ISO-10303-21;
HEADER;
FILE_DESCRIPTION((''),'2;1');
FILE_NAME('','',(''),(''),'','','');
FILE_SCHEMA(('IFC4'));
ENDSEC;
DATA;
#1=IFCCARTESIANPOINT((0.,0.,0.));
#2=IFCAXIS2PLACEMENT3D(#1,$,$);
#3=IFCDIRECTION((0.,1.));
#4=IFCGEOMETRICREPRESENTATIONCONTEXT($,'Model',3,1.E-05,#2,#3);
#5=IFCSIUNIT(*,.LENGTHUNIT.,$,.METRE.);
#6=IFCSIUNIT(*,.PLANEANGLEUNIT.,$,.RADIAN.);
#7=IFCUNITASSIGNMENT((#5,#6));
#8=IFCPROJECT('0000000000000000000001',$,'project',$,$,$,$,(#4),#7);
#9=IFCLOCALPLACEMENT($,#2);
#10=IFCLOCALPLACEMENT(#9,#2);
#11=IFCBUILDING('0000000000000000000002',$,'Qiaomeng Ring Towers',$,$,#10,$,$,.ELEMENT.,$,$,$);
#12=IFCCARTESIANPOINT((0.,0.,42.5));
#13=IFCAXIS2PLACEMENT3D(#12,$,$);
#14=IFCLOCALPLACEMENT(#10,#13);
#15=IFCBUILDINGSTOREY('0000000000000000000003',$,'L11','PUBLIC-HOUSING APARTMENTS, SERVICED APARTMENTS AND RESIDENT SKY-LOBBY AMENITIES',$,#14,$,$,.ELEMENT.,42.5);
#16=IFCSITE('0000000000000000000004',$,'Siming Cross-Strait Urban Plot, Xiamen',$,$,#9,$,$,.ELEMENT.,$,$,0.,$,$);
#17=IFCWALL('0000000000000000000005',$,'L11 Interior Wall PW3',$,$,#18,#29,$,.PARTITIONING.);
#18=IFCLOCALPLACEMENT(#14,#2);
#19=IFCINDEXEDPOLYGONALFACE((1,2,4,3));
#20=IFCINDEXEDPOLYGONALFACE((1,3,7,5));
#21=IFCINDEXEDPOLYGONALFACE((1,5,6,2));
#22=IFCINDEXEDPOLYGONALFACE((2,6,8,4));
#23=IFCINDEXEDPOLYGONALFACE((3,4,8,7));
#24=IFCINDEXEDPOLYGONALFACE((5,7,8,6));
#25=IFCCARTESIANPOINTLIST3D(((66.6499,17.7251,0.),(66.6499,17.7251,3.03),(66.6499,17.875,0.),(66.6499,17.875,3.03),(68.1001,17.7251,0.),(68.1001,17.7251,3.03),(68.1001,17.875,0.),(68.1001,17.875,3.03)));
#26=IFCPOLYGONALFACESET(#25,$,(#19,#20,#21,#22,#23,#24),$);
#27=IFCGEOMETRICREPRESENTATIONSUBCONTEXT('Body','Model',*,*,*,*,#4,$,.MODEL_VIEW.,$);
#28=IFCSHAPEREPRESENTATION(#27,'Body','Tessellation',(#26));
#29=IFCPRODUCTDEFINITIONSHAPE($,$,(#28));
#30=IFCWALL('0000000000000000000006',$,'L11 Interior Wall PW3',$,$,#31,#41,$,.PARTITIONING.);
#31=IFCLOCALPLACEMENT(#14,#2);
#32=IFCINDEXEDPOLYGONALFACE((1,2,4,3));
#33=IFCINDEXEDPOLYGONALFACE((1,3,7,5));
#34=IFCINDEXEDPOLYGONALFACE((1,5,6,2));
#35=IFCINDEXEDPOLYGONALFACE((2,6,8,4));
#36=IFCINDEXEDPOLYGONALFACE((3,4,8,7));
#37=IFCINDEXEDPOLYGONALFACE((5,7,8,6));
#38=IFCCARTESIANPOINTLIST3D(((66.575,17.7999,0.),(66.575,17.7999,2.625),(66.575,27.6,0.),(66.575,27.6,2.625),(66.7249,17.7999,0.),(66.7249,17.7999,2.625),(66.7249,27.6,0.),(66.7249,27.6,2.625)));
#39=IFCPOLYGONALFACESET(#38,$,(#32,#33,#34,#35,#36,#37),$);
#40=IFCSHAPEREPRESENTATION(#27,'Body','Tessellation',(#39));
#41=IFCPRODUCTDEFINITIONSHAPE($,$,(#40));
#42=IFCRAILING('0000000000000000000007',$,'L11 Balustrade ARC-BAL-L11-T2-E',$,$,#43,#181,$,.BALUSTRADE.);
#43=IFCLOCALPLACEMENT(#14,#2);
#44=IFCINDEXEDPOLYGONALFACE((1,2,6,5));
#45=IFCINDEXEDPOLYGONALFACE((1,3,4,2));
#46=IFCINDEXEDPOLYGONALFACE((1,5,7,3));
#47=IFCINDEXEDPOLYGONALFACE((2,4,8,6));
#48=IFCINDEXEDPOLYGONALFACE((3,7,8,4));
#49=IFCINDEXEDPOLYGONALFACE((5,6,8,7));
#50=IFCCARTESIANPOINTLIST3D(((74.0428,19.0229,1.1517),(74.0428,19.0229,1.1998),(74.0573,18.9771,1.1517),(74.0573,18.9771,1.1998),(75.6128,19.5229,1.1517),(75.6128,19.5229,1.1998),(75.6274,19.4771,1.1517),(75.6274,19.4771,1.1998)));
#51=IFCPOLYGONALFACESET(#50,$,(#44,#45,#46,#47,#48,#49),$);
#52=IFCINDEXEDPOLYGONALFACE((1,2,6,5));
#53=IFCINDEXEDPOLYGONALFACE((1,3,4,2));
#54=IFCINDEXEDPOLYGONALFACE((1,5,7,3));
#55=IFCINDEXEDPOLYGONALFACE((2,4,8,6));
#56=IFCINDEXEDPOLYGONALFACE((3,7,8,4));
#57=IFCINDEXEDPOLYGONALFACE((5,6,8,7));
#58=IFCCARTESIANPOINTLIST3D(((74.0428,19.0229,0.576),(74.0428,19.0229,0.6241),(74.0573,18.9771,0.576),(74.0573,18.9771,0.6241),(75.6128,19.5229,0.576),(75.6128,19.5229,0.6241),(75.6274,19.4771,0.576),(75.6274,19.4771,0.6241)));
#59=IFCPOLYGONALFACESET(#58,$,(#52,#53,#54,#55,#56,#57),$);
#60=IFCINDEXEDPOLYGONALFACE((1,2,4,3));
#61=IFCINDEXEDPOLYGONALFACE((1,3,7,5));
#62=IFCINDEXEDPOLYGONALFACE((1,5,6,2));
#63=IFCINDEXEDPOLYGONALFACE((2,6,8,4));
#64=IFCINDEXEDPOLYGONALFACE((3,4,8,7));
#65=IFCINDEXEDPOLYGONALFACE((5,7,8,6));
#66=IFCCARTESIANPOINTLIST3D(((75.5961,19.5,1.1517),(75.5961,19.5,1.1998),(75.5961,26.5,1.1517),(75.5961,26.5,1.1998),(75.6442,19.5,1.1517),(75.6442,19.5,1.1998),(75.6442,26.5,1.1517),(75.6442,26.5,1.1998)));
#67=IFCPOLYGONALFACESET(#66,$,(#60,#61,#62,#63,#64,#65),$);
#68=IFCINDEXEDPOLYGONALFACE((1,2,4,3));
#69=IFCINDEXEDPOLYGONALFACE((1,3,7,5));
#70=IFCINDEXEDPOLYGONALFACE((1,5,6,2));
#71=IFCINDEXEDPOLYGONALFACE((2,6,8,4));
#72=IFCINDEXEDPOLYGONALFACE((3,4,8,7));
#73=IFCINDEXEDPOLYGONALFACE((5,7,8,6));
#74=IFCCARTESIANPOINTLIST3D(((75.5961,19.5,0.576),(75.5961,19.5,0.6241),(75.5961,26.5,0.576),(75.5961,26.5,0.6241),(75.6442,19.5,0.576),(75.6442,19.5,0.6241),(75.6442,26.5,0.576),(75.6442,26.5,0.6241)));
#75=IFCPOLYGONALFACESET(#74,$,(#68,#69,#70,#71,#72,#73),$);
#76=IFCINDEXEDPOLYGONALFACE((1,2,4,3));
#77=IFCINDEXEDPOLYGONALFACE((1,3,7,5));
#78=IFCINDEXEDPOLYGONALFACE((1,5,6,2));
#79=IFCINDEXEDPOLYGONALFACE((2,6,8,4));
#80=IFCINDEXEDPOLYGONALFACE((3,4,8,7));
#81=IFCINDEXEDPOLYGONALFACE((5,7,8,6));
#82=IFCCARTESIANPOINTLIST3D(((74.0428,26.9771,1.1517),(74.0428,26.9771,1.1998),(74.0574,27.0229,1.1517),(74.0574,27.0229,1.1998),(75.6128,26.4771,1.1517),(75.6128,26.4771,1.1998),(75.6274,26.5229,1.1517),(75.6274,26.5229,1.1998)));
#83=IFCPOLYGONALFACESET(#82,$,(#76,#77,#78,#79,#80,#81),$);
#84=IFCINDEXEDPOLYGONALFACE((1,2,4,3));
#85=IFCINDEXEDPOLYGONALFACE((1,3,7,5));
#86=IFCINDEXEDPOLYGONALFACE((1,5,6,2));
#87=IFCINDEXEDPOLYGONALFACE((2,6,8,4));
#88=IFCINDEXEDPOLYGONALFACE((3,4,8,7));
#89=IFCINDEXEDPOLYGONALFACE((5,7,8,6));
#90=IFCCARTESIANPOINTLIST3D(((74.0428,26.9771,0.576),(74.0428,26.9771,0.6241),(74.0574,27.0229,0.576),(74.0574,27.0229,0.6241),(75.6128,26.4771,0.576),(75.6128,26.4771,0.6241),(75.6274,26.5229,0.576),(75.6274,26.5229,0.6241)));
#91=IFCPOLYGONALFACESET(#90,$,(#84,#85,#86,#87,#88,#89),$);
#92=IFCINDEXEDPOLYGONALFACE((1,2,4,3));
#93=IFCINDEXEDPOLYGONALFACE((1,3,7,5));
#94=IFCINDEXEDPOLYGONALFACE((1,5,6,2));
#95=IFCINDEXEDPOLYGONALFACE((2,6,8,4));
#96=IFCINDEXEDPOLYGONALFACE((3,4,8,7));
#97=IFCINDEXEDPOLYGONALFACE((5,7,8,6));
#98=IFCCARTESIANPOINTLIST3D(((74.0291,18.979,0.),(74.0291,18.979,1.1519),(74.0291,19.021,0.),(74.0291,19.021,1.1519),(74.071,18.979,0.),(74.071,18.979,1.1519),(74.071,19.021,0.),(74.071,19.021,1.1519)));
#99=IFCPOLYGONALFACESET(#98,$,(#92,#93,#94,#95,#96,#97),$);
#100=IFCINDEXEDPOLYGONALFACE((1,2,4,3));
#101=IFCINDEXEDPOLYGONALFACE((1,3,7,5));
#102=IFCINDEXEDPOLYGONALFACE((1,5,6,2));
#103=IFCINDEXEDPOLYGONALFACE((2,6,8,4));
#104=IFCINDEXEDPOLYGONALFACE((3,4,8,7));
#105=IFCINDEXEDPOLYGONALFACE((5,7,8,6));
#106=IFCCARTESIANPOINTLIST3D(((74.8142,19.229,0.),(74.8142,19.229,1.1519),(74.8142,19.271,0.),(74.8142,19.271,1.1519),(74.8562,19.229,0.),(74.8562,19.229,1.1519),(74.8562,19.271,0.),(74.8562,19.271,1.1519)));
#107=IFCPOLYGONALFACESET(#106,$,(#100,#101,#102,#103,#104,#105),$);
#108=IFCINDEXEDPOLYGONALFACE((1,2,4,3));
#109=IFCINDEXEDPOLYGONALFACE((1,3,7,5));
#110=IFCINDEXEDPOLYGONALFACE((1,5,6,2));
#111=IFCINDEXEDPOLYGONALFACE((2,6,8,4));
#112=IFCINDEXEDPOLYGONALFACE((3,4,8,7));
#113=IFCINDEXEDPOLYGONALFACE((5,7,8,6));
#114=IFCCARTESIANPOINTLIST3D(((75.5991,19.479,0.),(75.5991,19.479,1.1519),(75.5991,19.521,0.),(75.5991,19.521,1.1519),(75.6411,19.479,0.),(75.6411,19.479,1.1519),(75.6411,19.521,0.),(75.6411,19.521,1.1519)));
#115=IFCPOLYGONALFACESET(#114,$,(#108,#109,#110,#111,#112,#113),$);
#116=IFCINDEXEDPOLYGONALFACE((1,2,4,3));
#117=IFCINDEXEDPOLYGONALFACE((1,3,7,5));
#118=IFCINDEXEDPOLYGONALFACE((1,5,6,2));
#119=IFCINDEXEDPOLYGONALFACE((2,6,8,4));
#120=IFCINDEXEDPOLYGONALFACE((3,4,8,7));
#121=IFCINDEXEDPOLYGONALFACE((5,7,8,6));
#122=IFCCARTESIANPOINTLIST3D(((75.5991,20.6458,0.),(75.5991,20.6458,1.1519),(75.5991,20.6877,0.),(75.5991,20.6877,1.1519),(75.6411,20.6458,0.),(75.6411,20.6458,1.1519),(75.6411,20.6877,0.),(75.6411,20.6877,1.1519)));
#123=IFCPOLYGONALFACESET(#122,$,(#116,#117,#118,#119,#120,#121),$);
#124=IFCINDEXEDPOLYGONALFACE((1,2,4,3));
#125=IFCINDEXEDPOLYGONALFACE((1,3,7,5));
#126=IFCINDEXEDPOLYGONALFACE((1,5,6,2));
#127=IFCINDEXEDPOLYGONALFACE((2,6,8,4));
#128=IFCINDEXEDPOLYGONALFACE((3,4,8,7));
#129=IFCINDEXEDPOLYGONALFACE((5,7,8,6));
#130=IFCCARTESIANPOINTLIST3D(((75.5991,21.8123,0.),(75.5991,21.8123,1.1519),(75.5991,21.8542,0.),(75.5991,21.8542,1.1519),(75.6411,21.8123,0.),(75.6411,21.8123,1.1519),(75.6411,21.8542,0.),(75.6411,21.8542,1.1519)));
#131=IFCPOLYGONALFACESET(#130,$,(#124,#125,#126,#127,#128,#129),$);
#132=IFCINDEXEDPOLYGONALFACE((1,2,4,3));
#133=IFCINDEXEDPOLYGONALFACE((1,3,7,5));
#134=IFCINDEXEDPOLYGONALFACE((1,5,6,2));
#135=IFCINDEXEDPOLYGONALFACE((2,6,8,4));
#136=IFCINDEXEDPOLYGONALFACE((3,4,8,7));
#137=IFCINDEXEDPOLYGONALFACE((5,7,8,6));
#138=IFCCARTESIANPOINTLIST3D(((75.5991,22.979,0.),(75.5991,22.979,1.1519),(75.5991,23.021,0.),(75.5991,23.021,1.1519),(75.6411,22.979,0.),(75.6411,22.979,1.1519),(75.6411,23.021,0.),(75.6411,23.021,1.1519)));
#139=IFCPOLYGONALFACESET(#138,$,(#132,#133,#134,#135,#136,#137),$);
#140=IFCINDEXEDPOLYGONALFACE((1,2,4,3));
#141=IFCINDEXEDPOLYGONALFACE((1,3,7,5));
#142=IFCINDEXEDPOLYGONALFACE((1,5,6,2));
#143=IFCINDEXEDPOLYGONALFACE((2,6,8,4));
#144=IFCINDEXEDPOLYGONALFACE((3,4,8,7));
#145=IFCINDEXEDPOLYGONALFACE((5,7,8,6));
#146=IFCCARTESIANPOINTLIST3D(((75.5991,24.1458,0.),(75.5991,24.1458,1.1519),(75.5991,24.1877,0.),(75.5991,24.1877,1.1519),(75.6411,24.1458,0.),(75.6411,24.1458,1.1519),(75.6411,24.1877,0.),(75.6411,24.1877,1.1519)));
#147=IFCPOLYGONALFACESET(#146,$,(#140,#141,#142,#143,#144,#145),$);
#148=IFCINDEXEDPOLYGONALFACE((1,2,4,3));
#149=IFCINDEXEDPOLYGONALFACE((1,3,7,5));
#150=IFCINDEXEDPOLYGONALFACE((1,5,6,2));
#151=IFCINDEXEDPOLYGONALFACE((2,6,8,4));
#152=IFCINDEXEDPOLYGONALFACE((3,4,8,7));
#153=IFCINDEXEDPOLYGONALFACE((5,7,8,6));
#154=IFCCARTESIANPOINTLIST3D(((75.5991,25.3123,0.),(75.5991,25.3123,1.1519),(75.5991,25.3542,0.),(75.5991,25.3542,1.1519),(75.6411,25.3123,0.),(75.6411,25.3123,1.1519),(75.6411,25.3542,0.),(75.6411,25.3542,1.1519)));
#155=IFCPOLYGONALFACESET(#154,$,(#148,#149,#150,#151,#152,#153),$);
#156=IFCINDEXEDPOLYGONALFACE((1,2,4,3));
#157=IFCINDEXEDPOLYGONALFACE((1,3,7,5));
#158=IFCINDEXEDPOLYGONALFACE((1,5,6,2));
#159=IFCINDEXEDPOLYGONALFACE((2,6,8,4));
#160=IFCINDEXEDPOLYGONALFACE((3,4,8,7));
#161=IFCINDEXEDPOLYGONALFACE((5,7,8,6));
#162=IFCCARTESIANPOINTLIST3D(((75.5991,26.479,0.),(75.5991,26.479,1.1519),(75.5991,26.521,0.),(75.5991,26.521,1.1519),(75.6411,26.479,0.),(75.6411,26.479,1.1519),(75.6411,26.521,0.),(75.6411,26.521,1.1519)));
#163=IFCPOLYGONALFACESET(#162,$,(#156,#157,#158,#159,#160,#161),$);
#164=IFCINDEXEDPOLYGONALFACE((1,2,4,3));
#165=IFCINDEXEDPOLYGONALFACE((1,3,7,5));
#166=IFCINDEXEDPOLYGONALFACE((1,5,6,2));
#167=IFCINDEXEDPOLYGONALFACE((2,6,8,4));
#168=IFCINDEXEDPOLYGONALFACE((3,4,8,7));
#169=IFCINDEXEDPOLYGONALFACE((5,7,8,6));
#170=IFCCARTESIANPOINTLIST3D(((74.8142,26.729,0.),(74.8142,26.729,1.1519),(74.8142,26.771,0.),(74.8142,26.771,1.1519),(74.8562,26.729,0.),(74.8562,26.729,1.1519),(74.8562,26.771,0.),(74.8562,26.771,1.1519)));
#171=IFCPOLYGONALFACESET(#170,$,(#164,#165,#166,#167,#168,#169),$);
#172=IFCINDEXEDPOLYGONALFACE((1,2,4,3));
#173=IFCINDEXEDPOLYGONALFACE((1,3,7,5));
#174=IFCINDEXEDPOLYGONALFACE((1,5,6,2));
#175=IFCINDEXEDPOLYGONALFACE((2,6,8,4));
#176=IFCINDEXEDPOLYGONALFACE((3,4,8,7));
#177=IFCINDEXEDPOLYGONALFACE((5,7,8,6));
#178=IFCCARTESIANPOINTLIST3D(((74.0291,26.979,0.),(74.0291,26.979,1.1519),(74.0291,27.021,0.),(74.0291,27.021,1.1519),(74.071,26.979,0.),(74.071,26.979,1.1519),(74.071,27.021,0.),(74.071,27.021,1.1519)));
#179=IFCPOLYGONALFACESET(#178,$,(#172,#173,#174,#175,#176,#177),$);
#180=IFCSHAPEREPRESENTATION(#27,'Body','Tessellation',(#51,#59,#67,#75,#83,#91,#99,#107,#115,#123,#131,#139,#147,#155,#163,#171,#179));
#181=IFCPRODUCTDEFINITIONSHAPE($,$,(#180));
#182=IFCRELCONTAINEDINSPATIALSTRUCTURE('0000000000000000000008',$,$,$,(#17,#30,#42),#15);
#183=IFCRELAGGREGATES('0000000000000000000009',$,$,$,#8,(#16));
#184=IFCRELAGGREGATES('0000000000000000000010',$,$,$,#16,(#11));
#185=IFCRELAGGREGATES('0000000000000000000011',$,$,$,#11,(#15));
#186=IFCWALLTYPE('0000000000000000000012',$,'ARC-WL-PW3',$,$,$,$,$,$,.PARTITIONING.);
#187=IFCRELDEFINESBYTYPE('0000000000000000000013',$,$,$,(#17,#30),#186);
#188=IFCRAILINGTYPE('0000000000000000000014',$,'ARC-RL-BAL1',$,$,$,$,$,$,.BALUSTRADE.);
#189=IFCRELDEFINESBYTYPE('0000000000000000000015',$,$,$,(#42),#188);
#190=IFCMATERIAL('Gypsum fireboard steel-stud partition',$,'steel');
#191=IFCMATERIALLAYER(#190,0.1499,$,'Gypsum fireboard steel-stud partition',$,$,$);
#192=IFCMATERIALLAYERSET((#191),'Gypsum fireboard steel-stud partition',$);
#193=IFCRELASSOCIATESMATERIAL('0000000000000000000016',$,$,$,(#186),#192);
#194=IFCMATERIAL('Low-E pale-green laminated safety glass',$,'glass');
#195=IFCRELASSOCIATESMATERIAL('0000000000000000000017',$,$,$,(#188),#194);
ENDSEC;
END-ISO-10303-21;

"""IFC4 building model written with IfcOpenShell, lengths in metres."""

from ifc_helpers import new_model, si_unit, direction, frame, frame_2d, origin, origin_2d, place, context, subcontext, project, spatial, rectangle, extrude, material, layer, layer_set, type_object, element, save


model = new_model("IFC4")

# Units and contexts
model_context = context("Model", 3, precision=1e-05, world=origin(), true_north=direction((0.0, 1.0)))
body_context = subcontext(model_context, "Body", "Model", "MODEL_VIEW")
ifc_project = project(units=[si_unit("LENGTHUNIT", "METRE"), si_unit("PLANEANGLEUNIT", "RADIAN")], contexts=[model_context])

# Site, building, storey
site_placement = place(None, origin())
site = spatial("IfcSite", under=ifc_project, at=site_placement, Name="Siming Cross-Strait Urban Plot, Xiamen", CompositionType="ELEMENT", RefElevation=0.0)
building_placement = place(site_placement, origin())
building = spatial("IfcBuilding", under=site, at=building_placement, Name="Qiaomeng Ring Towers", CompositionType="ELEMENT")
storey_placement = place(building_placement, frame((0.0, 0.0, 42.5)))
storey = spatial("IfcBuildingStorey", under=building, at=storey_placement, Name="L11", Description="PUBLIC-HOUSING APARTMENTS, SERVICED APARTMENTS AND RESIDENT SKY-LOBBY AMENITIES", CompositionType="ELEMENT", Elevation=42.5)

# Shared definitions
ifc_material_1 = material(Name="Gypsum fireboard steel-stud partition", Category="steel")
ifc_layer_1 = layer(ifc_material_1, 0.1499, Name="Gypsum fireboard steel-stud partition")
ifc_layer_set_1 = layer_set([ifc_layer_1], Name="Gypsum fireboard steel-stud partition")
wall_type_1 = type_object("IfcWallType", Name="ARC-WL-PW3", PredefinedType="PARTITIONING", material=ifc_layer_set_1)

# Walls
wall_1_placement = place(storey_placement, frame((66.6499, 17.8, 0.0), z_axis=(0.0, 0.0, 1.0), x_axis=(1.0, 0.0, 0.0)))
element("IfcWall", 1, at=wall_1_placement, inside=storey, type_object=wall_type_1, Name="L11 Interior Wall PW3", PredefinedType="PARTITIONING", context=body_context, shape_type="SweptSolid", body=[
    extrude(rectangle(XDim=1.4502, YDim=0.1499, at=frame_2d((0.7251, 0.0))), origin(), (0.0, 0.0, 1.0), 3.03),
])
wall_2_placement = place(storey_placement, frame((66.6499, 17.8, 0.0), z_axis=(0.0, 0.0, 1.0), x_axis=(0.0, 1.0, 0.0)))
element("IfcWall", 2, at=wall_2_placement, inside=storey, type_object=wall_type_1, Name="L11 Interior Wall PW3", PredefinedType="PARTITIONING", context=body_context, shape_type="SweptSolid", body=[
    extrude(rectangle(XDim=9.8, YDim=0.1499, at=frame_2d((4.8999, 0.0))), origin(), (0.0, 0.0, 1.0), 2.625),
])

# Railing
ifc_material_2 = material(Name="Low-E pale-green laminated safety glass", Category="glass")
railing_type = type_object("IfcRailingType", Name="ARC-RL-BAL1", PredefinedType="BALUSTRADE", material=ifc_material_2)
railing_placement = place(storey_placement, frame((74.05, 19.0, 0.0)))
element("IfcRailing", 3, at=railing_placement, inside=storey, type_object=railing_type, Name="L11 Balustrade ARC-BAL-L11-T2-E", PredefinedType="BALUSTRADE", context=body_context, shape_type="SweptSolid", body=[
    extrude(rectangle(XDim=0.0481, YDim=0.0481, at=origin_2d()), frame((0.0, 0.0, 1.1758), z_axis=(0.95285, 0.303442, 0.0), x_axis=(-0.303442, 0.95285, 0.0)), (0.0, 0.0, 1.0), 1.6477),
    extrude(rectangle(XDim=0.0481, YDim=0.0481, at=origin_2d()), frame((0.0, 0.0, 0.6001), z_axis=(0.95285, 0.303442, 0.0), x_axis=(-0.303442, 0.95285, 0.0)), (0.0, 0.0, 1.0), 1.6477),
    extrude(rectangle(XDim=0.0481, YDim=0.0481, at=origin_2d()), frame((1.5701, 0.5, 1.1758), z_axis=(0.0, 1.0, 0.0), x_axis=(-1.0, 0.0, 0.0)), (0.0, 0.0, 1.0), 7.0),
    extrude(rectangle(XDim=0.0481, YDim=0.0481, at=origin_2d()), frame((1.5701, 0.5, 0.6001), z_axis=(0.0, 1.0, 0.0), x_axis=(-1.0, 0.0, 0.0)), (0.0, 0.0, 1.0), 7.0),
    extrude(rectangle(XDim=0.0481, YDim=0.0481, at=origin_2d()), frame((1.5701, 7.5, 1.1758), z_axis=(-0.95285, 0.303442, 0.0), x_axis=(-0.303442, -0.95285, 0.0)), (0.0, 0.0, 1.0), 1.6477),
    extrude(rectangle(XDim=0.0481, YDim=0.0481, at=origin_2d()), frame((1.5701, 7.5, 0.6001), z_axis=(-0.95285, 0.303442, 0.0), x_axis=(-0.303442, -0.95285, 0.0)), (0.0, 0.0, 1.0), 1.6477),
    extrude(rectangle(XDim=0.042, YDim=0.042, at=origin_2d()), origin(), (0.0, 0.0, 1.0), 1.1519),
    extrude(rectangle(XDim=0.042, YDim=0.042, at=origin_2d()), frame((0.7852, 0.25, 0.0)), (0.0, 0.0, 1.0), 1.1519),
    extrude(rectangle(XDim=0.042, YDim=0.042, at=origin_2d()), frame((1.5701, 0.5, 0.0)), (0.0, 0.0, 1.0), 1.1519),
    extrude(rectangle(XDim=0.042, YDim=0.042, at=origin_2d()), frame((1.5701, 1.6667, 0.0)), (0.0, 0.0, 1.0), 1.1519),
    extrude(rectangle(XDim=0.042, YDim=0.042, at=origin_2d()), frame((1.5701, 2.8333, 0.0)), (0.0, 0.0, 1.0), 1.1519),
    extrude(rectangle(XDim=0.042, YDim=0.042, at=origin_2d()), frame((1.5701, 4.0, 0.0)), (0.0, 0.0, 1.0), 1.1519),
    extrude(rectangle(XDim=0.042, YDim=0.042, at=origin_2d()), frame((1.5701, 5.1667, 0.0)), (0.0, 0.0, 1.0), 1.1519),
    extrude(rectangle(XDim=0.042, YDim=0.042, at=origin_2d()), frame((1.5701, 6.3333, 0.0)), (0.0, 0.0, 1.0), 1.1519),
    extrude(rectangle(XDim=0.042, YDim=0.042, at=origin_2d()), frame((1.5701, 7.5, 0.0)), (0.0, 0.0, 1.0), 1.1519),
    extrude(rectangle(XDim=0.042, YDim=0.042, at=origin_2d()), frame((0.7852, 7.75, 0.0)), (0.0, 0.0, 1.0), 1.1519),
    extrude(rectangle(XDim=0.042, YDim=0.042, at=origin_2d()), frame((0.0, 8.0, 0.0)), (0.0, 0.0, 1.0), 1.1519),
])

save(model, "model.ifc")
